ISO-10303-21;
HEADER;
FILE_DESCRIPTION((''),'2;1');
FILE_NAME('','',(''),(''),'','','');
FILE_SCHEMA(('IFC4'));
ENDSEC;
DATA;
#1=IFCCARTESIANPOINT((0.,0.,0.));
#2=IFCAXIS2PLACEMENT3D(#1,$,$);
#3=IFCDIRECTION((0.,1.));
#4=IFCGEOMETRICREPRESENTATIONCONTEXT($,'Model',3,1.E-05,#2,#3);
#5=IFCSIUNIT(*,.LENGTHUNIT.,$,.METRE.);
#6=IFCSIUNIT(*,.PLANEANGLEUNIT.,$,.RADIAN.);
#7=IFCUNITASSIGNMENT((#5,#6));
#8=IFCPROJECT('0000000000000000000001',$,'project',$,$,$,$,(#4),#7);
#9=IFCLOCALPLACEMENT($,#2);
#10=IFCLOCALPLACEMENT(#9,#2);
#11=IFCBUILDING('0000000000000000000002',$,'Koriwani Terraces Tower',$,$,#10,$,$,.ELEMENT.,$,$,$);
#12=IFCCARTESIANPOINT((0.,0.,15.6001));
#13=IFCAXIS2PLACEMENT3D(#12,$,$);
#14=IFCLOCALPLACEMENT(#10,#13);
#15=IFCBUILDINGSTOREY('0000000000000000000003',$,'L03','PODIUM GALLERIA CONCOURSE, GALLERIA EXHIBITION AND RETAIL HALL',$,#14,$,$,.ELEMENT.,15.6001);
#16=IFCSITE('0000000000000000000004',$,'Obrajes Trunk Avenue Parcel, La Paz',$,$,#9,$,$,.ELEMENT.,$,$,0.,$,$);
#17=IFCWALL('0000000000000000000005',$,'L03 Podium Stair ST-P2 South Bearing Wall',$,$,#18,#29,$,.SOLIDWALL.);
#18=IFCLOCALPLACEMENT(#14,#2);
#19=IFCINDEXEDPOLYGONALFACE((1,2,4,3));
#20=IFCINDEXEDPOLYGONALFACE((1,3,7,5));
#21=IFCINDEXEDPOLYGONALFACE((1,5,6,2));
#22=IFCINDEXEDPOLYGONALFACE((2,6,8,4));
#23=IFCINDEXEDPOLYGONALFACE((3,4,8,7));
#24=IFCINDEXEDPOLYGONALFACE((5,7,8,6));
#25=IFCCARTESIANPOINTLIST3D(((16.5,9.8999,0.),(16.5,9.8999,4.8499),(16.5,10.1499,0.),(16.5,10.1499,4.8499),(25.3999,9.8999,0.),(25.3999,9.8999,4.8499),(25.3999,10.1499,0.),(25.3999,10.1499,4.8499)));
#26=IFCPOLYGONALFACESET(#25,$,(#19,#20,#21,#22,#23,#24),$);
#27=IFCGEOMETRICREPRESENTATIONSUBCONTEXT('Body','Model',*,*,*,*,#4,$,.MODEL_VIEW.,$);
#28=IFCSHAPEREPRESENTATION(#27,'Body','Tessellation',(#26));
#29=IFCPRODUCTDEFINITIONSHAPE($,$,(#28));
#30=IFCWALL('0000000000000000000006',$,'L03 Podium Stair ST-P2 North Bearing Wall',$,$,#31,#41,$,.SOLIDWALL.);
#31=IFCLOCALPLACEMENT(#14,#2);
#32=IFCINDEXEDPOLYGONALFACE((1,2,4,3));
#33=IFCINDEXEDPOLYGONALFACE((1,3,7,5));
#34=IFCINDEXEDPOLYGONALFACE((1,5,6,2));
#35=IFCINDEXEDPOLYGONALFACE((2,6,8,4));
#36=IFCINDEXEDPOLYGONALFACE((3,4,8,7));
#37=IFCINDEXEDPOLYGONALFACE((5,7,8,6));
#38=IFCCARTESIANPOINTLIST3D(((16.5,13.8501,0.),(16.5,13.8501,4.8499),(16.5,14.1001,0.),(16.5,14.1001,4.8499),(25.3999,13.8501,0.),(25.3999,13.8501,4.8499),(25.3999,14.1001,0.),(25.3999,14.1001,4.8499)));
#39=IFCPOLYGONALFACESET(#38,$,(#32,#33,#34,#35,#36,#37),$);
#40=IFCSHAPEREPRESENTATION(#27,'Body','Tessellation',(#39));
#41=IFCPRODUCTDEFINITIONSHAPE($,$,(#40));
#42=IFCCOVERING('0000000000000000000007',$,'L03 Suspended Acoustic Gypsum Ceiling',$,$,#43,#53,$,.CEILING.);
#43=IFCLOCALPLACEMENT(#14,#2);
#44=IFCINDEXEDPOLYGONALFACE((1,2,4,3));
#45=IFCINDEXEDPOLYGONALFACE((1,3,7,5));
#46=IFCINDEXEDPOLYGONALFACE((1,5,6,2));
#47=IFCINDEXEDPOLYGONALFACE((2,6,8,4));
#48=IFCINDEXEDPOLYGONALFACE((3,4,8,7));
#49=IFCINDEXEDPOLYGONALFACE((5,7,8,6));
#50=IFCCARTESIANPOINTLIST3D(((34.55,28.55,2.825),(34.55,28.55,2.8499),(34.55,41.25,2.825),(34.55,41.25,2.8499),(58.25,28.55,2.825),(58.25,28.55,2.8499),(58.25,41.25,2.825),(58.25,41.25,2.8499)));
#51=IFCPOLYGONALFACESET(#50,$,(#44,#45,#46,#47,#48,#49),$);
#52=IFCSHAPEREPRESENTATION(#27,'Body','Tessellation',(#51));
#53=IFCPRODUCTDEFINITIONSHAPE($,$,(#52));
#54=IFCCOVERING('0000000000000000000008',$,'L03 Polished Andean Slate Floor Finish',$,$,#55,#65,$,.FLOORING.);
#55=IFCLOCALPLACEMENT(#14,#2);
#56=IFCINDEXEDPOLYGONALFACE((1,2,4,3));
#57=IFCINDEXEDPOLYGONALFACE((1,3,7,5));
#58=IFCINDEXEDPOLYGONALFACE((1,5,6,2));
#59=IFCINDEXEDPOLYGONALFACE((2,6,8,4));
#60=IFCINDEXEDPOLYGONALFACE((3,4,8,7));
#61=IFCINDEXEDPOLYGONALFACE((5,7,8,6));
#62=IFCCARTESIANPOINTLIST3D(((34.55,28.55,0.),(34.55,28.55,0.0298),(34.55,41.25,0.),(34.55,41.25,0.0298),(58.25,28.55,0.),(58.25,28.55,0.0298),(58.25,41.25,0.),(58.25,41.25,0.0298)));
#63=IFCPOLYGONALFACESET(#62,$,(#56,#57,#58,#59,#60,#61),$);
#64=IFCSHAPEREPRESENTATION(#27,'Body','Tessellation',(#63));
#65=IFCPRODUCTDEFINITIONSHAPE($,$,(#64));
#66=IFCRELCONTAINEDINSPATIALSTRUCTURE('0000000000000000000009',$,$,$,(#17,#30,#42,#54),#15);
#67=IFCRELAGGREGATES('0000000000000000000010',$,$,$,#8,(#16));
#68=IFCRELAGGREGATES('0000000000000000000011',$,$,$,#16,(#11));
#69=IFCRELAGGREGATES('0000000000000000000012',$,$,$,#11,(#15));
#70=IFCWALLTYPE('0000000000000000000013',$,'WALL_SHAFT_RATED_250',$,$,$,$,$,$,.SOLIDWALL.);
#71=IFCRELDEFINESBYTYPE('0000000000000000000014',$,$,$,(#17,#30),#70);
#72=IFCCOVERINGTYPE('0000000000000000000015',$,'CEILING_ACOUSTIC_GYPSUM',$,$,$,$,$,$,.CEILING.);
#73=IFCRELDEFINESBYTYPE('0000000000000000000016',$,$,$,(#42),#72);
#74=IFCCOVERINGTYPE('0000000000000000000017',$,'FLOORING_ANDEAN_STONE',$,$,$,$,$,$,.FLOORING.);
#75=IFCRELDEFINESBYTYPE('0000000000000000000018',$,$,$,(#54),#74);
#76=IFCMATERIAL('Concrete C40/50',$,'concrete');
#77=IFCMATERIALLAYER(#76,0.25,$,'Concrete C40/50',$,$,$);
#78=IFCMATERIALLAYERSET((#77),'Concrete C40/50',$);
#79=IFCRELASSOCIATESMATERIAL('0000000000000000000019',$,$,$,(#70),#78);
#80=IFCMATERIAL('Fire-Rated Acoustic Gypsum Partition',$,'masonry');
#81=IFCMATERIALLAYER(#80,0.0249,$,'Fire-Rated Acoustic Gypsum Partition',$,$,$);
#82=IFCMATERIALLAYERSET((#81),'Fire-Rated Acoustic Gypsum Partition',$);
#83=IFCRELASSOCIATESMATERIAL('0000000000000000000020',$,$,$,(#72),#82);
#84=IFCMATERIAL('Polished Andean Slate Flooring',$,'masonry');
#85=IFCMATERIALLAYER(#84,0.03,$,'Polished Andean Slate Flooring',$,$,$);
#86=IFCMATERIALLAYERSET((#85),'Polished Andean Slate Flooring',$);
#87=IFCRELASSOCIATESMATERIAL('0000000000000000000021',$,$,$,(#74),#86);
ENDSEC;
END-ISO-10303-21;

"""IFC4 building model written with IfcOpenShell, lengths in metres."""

from ifc_helpers import new_model, si_unit, direction, frame, frame_2d, origin, place, context, subcontext, project, spatial, polyline, rectangle, outline, extrude, material, layer, layer_set, type_object, element, save


model = new_model("IFC4")

# Units and contexts
model_context = context("Model", 3, precision=1e-05, world=origin(), true_north=direction((0.0, 1.0)))
body_context = subcontext(model_context, "Body", "Model", "MODEL_VIEW")
ifc_project = project(units=[si_unit("LENGTHUNIT", "METRE"), si_unit("PLANEANGLEUNIT", "RADIAN")], contexts=[model_context])

# Site, building, storey
site_placement = place(None, origin())
site = spatial("IfcSite", under=ifc_project, at=site_placement, Name="Obrajes Trunk Avenue Parcel, La Paz", CompositionType="ELEMENT", RefElevation=0.0)
building_placement = place(site_placement, origin())
building = spatial("IfcBuilding", under=site, at=building_placement, Name="Koriwani Terraces Tower", CompositionType="ELEMENT")
storey_placement = place(building_placement, frame((0.0, 0.0, 15.6001)))
storey = spatial("IfcBuildingStorey", under=building, at=storey_placement, Name="L03", Description="PODIUM GALLERIA CONCOURSE, GALLERIA EXHIBITION AND RETAIL HALL", CompositionType="ELEMENT", Elevation=15.6001)

# Shared definitions
ifc_material_1 = material(Name="Concrete C40/50", Category="concrete")

# Walls
ifc_layer_1 = layer(ifc_material_1, 0.25, Name="Concrete C40/50")
ifc_layer_set_1 = layer_set([ifc_layer_1], Name="Concrete C40/50")
wall_type_1 = type_object("IfcWallType", Name="WALL_SHAFT_RATED_250", PredefinedType="SOLIDWALL", material=ifc_layer_set_1)
for number, where, z_axis, x_axis, name in (
    (1, (16.5, 10.0249, 0.0), (0.0, 0.0, 1.0), (1.0, 0.0, 0.0), "L03 Podium Stair ST-P2 South Bearing Wall"),
    (2, (16.5, 13.9751, 0.0), (0.0, 0.0, 1.0), (1.0, 0.0, 0.0), "L03 Podium Stair ST-P2 North Bearing Wall"),
):
    element("IfcWall", number, at=place(storey_placement, frame(where, z_axis=z_axis, x_axis=x_axis)), inside=storey, type_object=wall_type_1, Name=name, PredefinedType="SOLIDWALL", context=body_context, shape_type="SweptSolid", body=[
        extrude(rectangle(XDim=8.8999, YDim=0.25, at=frame_2d((4.45, 0.0))), origin(), (0.0, 0.0, 1.0), 4.8499),
    ])

# Coverings
ifc_material_2 = material(Name="Fire-Rated Acoustic Gypsum Partition", Category="masonry")
ifc_layer_2 = layer(ifc_material_2, 0.0249, Name="Fire-Rated Acoustic Gypsum Partition")
ifc_layer_set_2 = layer_set([ifc_layer_2], Name="Fire-Rated Acoustic Gypsum Partition")
covering_type_1 = type_object("IfcCoveringType", Name="CEILING_ACOUSTIC_GYPSUM", PredefinedType="CEILING", material=ifc_layer_set_2)
covering_1_placement = place(storey_placement, frame((0.0, 0.0, 2.825)))
element("IfcCovering", 3, at=covering_1_placement, inside=storey, type_object=covering_type_1, Name="L03 Suspended Acoustic Gypsum Ceiling", PredefinedType="CEILING", context=body_context, shape_type="SweptSolid", body=[
    extrude(outline(polyline([(34.55, 28.55), (34.55, 41.25), (58.25, 41.25), (58.25, 28.55), (34.55, 28.55)])), origin(), (0.0, 0.0, 1.0), 0.0249),
])
ifc_material_3 = material(Name="Polished Andean Slate Flooring", Category="masonry")
ifc_layer_3 = layer(ifc_material_3, 0.03, Name="Polished Andean Slate Flooring")
ifc_layer_set_3 = layer_set([ifc_layer_3], Name="Polished Andean Slate Flooring")
covering_type_2 = type_object("IfcCoveringType", Name="FLOORING_ANDEAN_STONE", PredefinedType="FLOORING", material=ifc_layer_set_3)
covering_2_placement = place(storey_placement, origin())
element("IfcCovering", 4, at=covering_2_placement, inside=storey, type_object=covering_type_2, Name="L03 Polished Andean Slate Floor Finish", PredefinedType="FLOORING", context=body_context, shape_type="SweptSolid", body=[
    extrude(outline(polyline([(34.55, 28.55), (34.55, 41.25), (58.25, 41.25), (58.25, 28.55), (34.55, 28.55)])), origin(), (0.0, 0.0, 1.0), 0.0298),
])

save(model, "model.ifc")
